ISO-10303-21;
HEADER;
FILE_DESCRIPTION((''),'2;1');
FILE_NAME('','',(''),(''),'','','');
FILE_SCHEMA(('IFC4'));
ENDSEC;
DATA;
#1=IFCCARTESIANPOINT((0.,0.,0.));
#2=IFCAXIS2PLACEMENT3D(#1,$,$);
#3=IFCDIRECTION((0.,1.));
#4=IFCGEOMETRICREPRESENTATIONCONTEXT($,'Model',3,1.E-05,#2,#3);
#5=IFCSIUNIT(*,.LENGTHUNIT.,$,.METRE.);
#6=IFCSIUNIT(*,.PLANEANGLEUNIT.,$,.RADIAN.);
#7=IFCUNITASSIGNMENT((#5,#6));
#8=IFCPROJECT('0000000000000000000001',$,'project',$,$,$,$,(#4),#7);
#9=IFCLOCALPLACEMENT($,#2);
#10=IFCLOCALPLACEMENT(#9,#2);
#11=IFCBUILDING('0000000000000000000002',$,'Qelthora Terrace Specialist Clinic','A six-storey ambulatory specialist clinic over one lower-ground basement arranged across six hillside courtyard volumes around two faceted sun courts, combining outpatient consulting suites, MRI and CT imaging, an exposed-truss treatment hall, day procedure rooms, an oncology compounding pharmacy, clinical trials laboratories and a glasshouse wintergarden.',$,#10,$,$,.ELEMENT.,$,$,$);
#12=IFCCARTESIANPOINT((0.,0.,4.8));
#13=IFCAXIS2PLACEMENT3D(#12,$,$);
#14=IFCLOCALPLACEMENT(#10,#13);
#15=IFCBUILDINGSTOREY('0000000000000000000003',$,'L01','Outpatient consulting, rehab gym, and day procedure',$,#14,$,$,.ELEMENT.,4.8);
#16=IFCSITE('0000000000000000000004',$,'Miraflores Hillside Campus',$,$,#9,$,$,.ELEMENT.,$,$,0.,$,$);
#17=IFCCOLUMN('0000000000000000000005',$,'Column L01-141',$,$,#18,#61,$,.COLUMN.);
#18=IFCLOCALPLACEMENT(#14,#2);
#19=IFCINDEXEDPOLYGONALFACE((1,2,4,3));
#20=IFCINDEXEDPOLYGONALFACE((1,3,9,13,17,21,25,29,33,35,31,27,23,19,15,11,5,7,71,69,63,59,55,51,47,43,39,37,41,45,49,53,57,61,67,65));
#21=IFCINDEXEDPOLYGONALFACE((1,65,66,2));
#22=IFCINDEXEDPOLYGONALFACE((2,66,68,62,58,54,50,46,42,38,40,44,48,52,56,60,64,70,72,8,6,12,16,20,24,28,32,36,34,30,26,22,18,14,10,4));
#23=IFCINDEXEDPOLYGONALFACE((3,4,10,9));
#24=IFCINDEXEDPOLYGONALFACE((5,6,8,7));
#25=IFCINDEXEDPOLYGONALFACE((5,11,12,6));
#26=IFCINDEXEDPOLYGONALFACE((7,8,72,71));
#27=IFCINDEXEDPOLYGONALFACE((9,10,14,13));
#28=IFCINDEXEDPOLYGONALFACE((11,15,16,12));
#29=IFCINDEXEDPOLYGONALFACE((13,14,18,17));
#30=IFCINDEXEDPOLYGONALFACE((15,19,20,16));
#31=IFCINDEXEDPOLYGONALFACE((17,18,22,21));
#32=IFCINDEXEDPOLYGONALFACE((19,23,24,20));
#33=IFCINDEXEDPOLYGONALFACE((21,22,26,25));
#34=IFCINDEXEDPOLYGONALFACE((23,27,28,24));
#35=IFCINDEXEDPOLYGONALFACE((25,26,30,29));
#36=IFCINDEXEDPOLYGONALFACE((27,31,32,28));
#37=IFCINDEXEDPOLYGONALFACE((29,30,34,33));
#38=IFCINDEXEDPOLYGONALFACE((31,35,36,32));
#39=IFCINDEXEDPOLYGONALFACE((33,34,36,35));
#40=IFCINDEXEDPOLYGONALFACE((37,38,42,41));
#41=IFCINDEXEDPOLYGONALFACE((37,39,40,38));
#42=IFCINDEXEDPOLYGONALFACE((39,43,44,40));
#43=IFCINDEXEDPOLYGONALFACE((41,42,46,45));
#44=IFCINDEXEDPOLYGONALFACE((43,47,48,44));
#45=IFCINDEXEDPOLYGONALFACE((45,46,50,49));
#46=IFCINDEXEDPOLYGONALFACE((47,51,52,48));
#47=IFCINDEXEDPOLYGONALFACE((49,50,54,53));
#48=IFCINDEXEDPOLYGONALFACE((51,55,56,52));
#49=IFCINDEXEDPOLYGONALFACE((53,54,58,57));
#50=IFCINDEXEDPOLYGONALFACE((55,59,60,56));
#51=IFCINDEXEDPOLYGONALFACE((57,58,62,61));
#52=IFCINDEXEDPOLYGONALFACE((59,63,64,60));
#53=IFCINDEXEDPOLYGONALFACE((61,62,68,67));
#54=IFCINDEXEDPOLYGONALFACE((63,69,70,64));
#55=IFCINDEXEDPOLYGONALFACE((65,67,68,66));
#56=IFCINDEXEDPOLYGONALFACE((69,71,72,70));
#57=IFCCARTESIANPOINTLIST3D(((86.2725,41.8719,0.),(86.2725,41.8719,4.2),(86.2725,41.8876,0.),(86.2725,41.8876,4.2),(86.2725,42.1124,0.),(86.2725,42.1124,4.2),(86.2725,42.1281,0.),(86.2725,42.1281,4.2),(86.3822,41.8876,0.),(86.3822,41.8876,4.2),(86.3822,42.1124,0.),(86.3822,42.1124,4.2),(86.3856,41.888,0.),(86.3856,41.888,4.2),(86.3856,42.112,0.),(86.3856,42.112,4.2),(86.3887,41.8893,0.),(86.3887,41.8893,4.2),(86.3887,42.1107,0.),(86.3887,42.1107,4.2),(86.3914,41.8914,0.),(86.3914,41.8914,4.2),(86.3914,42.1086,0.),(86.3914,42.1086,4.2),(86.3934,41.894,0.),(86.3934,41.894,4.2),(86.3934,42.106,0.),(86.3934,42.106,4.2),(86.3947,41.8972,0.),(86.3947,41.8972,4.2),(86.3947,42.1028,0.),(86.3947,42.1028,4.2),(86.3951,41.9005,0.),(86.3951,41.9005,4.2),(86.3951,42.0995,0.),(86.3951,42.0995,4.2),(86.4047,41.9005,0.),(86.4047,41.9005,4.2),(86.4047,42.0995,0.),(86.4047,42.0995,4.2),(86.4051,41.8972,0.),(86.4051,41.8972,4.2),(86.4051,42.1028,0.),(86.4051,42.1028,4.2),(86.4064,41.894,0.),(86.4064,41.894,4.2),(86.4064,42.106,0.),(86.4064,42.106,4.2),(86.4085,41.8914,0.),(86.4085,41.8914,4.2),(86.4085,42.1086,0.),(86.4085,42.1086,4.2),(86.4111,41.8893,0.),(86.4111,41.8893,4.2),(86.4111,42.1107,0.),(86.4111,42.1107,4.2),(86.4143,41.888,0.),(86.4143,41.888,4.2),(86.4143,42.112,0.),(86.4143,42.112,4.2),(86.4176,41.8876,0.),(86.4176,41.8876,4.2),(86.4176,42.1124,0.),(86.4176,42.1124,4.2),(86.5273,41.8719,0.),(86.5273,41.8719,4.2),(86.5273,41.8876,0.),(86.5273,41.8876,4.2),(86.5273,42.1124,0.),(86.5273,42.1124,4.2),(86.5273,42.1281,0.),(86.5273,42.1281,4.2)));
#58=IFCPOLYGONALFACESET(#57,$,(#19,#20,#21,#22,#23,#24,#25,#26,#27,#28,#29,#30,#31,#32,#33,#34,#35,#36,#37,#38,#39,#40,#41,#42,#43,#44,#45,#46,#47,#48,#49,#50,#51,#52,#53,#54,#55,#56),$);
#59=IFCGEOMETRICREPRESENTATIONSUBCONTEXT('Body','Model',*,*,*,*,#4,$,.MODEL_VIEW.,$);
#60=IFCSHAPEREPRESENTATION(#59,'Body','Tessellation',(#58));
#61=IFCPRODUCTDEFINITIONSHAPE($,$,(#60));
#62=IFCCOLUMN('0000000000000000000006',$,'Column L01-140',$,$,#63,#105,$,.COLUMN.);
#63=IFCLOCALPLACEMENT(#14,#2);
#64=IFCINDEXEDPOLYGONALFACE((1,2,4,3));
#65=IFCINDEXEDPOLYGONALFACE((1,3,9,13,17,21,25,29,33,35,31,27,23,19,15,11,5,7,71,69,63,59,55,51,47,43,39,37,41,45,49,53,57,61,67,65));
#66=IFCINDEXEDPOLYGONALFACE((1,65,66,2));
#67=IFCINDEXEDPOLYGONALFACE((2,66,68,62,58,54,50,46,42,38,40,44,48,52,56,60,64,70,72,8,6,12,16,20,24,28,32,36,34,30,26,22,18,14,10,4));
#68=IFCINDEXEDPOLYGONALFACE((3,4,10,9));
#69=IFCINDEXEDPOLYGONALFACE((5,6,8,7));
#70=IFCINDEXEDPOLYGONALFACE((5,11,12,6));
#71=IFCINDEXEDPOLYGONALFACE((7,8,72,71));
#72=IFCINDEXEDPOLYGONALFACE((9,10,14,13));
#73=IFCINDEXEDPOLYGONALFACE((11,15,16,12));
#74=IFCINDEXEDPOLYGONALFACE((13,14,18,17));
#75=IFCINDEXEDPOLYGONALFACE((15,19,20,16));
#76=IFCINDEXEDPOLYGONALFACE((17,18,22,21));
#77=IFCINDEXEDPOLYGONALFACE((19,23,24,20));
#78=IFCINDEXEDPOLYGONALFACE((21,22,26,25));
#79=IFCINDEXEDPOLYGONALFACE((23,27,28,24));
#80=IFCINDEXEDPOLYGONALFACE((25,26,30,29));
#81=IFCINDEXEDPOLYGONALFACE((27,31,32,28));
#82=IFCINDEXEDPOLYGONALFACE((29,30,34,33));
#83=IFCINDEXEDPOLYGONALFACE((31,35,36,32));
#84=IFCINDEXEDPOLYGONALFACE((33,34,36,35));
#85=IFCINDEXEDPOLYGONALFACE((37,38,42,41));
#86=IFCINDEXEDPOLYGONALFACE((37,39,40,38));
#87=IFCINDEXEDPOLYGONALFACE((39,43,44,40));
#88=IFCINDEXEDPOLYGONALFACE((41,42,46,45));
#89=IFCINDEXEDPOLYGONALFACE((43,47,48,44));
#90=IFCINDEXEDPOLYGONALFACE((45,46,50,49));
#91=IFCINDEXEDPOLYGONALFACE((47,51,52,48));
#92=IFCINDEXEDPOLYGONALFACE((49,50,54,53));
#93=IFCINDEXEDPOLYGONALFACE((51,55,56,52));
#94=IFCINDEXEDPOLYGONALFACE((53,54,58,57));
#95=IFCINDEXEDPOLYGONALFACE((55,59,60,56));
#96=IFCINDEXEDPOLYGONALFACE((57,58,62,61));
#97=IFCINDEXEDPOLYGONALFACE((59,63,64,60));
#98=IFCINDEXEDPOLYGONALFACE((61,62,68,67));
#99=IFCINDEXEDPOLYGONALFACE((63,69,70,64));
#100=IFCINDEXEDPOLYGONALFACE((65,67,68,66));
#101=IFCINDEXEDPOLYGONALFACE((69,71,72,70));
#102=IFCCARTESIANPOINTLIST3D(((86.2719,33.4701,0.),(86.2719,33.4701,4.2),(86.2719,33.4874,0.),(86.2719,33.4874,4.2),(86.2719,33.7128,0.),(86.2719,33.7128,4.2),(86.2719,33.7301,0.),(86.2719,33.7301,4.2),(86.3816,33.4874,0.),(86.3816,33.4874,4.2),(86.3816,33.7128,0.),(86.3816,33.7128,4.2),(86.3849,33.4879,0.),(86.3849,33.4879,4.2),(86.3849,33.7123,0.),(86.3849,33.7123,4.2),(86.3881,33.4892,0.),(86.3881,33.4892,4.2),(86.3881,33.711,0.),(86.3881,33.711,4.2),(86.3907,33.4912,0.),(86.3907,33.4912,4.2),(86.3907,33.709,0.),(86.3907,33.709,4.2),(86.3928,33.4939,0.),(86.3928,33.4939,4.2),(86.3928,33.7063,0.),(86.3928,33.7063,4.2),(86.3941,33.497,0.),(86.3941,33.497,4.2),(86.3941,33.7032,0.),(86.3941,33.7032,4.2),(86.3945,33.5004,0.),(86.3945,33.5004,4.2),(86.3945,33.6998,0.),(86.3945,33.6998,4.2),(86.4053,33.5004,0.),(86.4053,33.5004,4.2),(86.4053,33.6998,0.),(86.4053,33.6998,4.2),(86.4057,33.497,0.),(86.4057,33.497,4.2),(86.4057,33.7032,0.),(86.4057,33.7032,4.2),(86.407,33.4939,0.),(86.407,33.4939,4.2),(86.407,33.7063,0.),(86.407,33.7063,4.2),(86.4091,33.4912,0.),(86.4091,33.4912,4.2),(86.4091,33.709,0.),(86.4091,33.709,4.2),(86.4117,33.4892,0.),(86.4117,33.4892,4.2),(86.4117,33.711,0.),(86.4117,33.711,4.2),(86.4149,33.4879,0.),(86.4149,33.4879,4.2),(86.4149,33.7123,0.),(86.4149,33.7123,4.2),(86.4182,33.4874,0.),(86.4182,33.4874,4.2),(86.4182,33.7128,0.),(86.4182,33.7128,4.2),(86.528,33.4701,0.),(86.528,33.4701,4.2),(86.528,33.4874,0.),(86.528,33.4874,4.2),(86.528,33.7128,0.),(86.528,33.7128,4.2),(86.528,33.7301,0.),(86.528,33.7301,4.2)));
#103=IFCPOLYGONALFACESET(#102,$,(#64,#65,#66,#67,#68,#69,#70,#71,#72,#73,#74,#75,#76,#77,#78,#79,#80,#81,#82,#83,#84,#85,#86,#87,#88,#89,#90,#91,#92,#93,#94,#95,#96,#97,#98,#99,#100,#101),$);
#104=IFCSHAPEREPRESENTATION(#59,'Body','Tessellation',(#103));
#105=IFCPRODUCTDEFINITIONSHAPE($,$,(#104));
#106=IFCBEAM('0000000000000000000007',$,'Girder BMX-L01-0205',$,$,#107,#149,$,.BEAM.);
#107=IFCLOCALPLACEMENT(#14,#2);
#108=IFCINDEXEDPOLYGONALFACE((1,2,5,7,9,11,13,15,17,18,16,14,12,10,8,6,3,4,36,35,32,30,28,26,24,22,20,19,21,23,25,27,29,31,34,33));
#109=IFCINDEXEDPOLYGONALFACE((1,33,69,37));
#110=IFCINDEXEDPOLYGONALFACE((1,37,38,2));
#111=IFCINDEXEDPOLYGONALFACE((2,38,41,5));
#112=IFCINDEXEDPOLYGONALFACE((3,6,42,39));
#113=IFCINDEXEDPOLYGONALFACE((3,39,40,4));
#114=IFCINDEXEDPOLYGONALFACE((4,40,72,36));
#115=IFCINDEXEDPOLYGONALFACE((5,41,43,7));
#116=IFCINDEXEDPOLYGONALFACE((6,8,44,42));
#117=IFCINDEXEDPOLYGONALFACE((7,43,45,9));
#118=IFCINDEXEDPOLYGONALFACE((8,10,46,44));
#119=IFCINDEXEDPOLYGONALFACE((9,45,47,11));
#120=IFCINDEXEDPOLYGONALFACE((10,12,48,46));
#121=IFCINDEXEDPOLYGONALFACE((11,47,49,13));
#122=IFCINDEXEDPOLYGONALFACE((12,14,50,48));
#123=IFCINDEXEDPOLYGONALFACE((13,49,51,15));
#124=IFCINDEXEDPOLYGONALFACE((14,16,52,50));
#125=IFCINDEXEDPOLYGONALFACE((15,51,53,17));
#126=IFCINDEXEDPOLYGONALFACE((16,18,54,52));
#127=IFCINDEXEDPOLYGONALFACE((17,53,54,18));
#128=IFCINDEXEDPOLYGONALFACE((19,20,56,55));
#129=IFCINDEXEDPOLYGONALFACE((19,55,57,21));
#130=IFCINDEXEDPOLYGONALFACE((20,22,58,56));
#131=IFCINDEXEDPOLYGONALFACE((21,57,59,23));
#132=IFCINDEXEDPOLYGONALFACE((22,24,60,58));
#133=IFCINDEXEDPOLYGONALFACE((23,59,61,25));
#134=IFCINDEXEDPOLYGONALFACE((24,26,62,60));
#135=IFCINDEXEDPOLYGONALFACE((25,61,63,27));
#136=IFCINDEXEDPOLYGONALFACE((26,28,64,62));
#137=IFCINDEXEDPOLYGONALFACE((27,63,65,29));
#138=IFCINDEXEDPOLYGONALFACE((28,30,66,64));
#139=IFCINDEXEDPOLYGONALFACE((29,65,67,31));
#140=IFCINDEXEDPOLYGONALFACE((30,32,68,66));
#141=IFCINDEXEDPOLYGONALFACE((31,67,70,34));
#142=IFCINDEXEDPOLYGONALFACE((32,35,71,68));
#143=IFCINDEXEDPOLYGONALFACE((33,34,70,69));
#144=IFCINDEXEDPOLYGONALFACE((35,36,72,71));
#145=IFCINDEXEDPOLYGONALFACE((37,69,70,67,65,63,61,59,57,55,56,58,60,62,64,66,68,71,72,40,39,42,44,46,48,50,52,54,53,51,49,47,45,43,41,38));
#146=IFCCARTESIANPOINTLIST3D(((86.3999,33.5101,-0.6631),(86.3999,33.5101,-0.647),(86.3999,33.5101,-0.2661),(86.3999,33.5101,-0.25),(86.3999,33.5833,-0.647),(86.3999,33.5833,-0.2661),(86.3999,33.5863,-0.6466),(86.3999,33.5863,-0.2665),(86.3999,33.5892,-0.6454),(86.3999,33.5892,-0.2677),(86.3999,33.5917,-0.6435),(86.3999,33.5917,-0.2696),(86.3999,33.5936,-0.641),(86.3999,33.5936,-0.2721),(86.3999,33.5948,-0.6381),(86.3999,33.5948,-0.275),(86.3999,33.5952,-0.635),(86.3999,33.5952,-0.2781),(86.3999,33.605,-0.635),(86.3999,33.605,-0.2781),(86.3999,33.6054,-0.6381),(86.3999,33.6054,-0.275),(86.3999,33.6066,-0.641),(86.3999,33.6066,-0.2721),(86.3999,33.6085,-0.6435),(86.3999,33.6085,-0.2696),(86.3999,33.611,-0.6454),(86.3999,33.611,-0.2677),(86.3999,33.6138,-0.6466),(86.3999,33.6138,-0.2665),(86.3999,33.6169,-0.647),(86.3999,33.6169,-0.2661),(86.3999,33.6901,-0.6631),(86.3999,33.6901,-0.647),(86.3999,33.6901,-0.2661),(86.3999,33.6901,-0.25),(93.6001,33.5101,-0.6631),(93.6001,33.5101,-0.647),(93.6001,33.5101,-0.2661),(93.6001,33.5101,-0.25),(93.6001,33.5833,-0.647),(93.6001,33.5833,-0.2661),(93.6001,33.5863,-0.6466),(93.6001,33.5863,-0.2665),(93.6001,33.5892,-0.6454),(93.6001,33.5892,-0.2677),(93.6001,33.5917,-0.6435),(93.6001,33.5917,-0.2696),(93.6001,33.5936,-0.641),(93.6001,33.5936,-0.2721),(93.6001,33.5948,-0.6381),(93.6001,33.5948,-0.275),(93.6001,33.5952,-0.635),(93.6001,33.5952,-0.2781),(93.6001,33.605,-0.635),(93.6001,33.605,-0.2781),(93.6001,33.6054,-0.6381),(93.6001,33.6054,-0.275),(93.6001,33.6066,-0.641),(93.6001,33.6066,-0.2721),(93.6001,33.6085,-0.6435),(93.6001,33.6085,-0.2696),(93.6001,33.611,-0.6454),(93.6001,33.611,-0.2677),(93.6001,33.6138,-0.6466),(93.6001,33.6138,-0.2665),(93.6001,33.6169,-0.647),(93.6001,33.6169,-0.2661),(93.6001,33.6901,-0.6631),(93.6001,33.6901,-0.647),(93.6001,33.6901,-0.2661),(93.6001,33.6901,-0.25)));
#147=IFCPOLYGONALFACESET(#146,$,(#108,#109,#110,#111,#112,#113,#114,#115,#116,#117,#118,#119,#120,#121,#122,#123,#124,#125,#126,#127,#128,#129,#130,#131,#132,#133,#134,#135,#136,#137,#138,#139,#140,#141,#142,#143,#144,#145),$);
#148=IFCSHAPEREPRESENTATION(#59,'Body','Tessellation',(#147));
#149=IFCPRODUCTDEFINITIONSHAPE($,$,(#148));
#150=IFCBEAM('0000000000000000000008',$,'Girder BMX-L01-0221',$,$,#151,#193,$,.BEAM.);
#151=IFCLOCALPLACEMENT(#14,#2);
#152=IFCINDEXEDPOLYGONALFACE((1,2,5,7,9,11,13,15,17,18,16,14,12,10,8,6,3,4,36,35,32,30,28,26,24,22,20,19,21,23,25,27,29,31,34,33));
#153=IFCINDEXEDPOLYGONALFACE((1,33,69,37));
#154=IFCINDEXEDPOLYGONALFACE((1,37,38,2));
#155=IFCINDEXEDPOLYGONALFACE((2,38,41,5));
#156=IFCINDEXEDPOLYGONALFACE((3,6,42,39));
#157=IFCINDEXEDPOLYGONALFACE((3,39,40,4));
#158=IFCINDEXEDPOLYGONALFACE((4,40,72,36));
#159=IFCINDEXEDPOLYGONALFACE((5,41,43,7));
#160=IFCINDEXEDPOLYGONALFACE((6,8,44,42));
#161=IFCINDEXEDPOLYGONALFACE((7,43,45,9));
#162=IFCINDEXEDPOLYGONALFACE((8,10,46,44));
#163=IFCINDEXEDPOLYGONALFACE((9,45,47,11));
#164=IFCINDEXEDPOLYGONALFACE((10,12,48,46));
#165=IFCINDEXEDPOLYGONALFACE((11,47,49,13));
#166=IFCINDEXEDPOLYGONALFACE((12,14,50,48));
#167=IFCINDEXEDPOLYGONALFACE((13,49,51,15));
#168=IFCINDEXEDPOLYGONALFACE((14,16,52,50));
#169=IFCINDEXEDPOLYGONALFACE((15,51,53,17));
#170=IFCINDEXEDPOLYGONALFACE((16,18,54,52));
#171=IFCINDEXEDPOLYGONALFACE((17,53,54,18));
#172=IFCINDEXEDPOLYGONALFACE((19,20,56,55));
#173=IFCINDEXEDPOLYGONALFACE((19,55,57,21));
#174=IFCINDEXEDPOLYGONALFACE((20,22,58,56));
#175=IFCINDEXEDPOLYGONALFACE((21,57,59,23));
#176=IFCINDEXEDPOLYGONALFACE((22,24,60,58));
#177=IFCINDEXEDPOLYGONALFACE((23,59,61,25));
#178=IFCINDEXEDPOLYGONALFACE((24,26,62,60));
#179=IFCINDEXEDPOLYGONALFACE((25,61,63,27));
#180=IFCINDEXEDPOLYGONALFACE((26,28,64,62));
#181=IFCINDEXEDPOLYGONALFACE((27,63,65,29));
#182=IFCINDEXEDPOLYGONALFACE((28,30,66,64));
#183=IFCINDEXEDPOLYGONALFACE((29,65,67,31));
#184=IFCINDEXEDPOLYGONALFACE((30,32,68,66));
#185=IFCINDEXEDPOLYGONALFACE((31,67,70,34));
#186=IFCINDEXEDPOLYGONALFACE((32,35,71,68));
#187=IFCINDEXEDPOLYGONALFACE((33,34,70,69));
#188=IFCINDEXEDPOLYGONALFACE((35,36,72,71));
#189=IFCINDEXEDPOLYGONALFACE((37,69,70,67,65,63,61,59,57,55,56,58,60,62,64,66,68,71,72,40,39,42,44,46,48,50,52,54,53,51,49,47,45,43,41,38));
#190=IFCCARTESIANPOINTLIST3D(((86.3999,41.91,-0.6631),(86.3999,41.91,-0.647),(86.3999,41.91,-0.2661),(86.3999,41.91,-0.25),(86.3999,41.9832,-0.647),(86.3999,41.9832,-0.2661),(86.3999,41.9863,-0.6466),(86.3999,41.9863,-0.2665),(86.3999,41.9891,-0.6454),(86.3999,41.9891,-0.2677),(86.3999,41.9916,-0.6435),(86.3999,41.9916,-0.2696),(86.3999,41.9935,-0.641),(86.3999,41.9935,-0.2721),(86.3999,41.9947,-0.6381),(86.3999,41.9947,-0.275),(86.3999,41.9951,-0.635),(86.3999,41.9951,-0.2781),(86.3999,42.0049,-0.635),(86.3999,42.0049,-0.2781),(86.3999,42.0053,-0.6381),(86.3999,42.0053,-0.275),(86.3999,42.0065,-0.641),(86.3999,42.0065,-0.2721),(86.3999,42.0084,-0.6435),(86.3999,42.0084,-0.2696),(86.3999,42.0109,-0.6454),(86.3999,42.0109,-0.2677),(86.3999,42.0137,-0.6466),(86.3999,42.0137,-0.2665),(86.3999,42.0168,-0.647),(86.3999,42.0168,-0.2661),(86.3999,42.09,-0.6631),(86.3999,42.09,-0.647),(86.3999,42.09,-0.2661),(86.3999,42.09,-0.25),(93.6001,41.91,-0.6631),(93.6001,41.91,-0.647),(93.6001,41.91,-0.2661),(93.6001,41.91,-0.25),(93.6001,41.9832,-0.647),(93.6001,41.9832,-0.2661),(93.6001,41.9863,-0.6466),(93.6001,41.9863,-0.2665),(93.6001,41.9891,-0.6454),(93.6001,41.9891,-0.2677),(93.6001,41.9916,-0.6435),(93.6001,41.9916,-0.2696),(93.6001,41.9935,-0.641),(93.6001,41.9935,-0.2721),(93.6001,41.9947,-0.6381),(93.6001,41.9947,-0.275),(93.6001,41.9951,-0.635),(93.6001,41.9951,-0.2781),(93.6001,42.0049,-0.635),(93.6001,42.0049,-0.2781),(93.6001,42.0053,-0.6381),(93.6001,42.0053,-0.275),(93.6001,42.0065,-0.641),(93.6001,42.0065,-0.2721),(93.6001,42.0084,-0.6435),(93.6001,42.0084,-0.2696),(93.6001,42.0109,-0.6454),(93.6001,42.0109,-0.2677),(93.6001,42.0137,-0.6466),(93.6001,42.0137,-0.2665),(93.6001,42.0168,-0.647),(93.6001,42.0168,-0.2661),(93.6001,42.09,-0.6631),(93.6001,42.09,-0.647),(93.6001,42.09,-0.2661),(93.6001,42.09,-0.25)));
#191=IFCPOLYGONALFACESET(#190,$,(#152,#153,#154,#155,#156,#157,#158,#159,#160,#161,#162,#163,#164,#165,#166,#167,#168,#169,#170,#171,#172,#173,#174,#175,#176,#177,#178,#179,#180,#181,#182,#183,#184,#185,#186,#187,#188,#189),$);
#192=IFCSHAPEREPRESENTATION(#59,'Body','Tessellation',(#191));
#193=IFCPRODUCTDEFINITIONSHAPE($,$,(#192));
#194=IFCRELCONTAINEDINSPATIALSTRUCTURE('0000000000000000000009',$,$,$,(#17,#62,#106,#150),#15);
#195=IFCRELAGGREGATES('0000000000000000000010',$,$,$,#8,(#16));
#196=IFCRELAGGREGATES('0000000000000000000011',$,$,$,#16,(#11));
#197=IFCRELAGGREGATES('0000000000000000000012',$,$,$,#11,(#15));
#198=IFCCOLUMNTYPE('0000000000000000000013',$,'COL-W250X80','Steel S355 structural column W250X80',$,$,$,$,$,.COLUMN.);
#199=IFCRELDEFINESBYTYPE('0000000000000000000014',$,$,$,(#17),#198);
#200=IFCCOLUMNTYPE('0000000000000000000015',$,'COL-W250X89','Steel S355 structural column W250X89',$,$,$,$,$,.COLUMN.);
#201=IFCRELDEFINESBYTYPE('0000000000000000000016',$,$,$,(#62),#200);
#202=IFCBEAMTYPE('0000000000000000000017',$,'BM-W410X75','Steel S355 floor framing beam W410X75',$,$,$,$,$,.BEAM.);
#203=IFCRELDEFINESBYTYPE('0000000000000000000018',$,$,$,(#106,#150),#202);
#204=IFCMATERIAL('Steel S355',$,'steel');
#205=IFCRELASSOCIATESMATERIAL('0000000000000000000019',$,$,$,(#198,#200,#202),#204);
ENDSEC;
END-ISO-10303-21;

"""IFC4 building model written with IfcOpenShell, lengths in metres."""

from ifc_helpers import new_model, si_unit, direction, frame, origin, origin_2d, place, context, subcontext, project, spatial, i_section, extrude, material, material_profile, profile_set, type_object, element, save


model = new_model("IFC4")

# Units and contexts
model_context = context("Model", 3, precision=1e-05, world=origin(), true_north=direction((0.0, 1.0)))
body_context = subcontext(model_context, "Body", "Model", "MODEL_VIEW")
ifc_project = project(units=[si_unit("LENGTHUNIT", "METRE"), si_unit("PLANEANGLEUNIT", "RADIAN")], contexts=[model_context])

# Site, building, storey
site_placement = place(None, origin())
site = spatial("IfcSite", under=ifc_project, at=site_placement, Name="Miraflores Hillside Campus", CompositionType="ELEMENT", RefElevation=0.0)
building_placement = place(site_placement, origin())
building = spatial("IfcBuilding", under=site, at=building_placement, Name="Qelthora Terrace Specialist Clinic", Description="A six-storey ambulatory specialist clinic over one lower-ground basement arranged across six hillside courtyard volumes around two faceted sun courts, combining outpatient consulting suites, MRI and CT imaging, an exposed-truss treatment hall, day procedure rooms, an oncology compounding pharmacy, clinical trials laboratories and a glasshouse wintergarden.", CompositionType="ELEMENT")
storey_placement = place(building_placement, frame((0.0, 0.0, 4.8)))
storey = spatial("IfcBuildingStorey", under=building, at=storey_placement, Name="L01", Description="Outpatient consulting, rehab gym, and day procedure", CompositionType="ELEMENT", Elevation=4.8)

# Columns
ifc_material_1 = material(Name="Steel S355", Category="steel")
ifc_material_profile_1 = material_profile(ifc_material_1, i_section(OverallWidth=0.2549, OverallDepth=0.2561, WebThickness=0.0095, FlangeThickness=0.0156, FilletRadius=0.0129, at=origin_2d()), Name="W250X80")
ifc_profile_set_1 = profile_set([ifc_material_profile_1], Name="Steel S355")
column_type_1 = type_object("IfcColumnType", Name="COL-W250X80", Description="Steel S355 structural column W250X80", PredefinedType="COLUMN", material=ifc_profile_set_1)
column_1_placement = place(storey_placement, frame((86.3999, 42.0, 0.0), z_axis=(0.0, 0.0, 1.0), x_axis=(1.0, 0.0, 0.0)))
element("IfcColumn", 1, at=column_1_placement, inside=storey, type_object=column_type_1, Name="Column L01-141", PredefinedType="COLUMN", context=body_context, shape_type="SweptSolid", body=[
    extrude(i_section(OverallWidth=0.2549, OverallDepth=0.2561, WebThickness=0.0095, FlangeThickness=0.0156, FilletRadius=0.0129, at=origin_2d()), origin(), (0.0, 0.0, 1.0), 4.2),
])
ifc_material_profile_2 = material_profile(ifc_material_1, i_section(OverallWidth=0.2561, OverallDepth=0.26, WebThickness=0.0107, FlangeThickness=0.0173, FilletRadius=0.0129, at=origin_2d()), Name="W250X89")
ifc_profile_set_2 = profile_set([ifc_material_profile_2], Name="Steel S355")
column_type_2 = type_object("IfcColumnType", Name="COL-W250X89", Description="Steel S355 structural column W250X89", PredefinedType="COLUMN", material=ifc_profile_set_2)
column_2_placement = place(storey_placement, frame((86.3999, 33.6001, 0.0), z_axis=(0.0, 0.0, 1.0), x_axis=(1.0, 0.0, 0.0)))
element("IfcColumn", 2, at=column_2_placement, inside=storey, type_object=column_type_2, Name="Column L01-140", PredefinedType="COLUMN", context=body_context, shape_type="SweptSolid", body=[
    extrude(i_section(OverallWidth=0.2561, OverallDepth=0.26, WebThickness=0.0107, FlangeThickness=0.0173, FilletRadius=0.0129, at=origin_2d()), origin(), (0.0, 0.0, 1.0), 4.2),
])

# Beams
ifc_material_profile_3 = material_profile(ifc_material_1, i_section(OverallWidth=0.1799, OverallDepth=0.4131, WebThickness=0.0098, FlangeThickness=0.0161, FilletRadius=0.012, at=origin_2d()), Name="W410X75")
ifc_profile_set_3 = profile_set([ifc_material_profile_3], Name="Steel S355")
beam_type_1 = type_object("IfcBeamType", Name="BM-W410X75", Description="Steel S355 floor framing beam W410X75", PredefinedType="BEAM", material=ifc_profile_set_3)
for number, where, z_axis, x_axis, name in (
    (3, (86.3999, 33.6001, -0.4565), (1.0, 0.0, 0.0), (0.0, 1.0, 0.0), "Girder BMX-L01-0205"),
    (4, (86.3999, 42.0, -0.4565), (1.0, 0.0, 0.0), (0.0, 1.0, 0.0), "Girder BMX-L01-0221"),
):
    element("IfcBeam", number, at=place(storey_placement, frame(where, z_axis=z_axis, x_axis=x_axis)), inside=storey, type_object=beam_type_1, Name=name, PredefinedType="BEAM", context=body_context, shape_type="SweptSolid", body=[
        extrude(i_section(OverallWidth=0.1799, OverallDepth=0.4131, WebThickness=0.0098, FlangeThickness=0.0161, FilletRadius=0.012, at=origin_2d()), origin(), (0.0, 0.0, 1.0), 7.2002),
    ])

save(model, "model.ifc")
